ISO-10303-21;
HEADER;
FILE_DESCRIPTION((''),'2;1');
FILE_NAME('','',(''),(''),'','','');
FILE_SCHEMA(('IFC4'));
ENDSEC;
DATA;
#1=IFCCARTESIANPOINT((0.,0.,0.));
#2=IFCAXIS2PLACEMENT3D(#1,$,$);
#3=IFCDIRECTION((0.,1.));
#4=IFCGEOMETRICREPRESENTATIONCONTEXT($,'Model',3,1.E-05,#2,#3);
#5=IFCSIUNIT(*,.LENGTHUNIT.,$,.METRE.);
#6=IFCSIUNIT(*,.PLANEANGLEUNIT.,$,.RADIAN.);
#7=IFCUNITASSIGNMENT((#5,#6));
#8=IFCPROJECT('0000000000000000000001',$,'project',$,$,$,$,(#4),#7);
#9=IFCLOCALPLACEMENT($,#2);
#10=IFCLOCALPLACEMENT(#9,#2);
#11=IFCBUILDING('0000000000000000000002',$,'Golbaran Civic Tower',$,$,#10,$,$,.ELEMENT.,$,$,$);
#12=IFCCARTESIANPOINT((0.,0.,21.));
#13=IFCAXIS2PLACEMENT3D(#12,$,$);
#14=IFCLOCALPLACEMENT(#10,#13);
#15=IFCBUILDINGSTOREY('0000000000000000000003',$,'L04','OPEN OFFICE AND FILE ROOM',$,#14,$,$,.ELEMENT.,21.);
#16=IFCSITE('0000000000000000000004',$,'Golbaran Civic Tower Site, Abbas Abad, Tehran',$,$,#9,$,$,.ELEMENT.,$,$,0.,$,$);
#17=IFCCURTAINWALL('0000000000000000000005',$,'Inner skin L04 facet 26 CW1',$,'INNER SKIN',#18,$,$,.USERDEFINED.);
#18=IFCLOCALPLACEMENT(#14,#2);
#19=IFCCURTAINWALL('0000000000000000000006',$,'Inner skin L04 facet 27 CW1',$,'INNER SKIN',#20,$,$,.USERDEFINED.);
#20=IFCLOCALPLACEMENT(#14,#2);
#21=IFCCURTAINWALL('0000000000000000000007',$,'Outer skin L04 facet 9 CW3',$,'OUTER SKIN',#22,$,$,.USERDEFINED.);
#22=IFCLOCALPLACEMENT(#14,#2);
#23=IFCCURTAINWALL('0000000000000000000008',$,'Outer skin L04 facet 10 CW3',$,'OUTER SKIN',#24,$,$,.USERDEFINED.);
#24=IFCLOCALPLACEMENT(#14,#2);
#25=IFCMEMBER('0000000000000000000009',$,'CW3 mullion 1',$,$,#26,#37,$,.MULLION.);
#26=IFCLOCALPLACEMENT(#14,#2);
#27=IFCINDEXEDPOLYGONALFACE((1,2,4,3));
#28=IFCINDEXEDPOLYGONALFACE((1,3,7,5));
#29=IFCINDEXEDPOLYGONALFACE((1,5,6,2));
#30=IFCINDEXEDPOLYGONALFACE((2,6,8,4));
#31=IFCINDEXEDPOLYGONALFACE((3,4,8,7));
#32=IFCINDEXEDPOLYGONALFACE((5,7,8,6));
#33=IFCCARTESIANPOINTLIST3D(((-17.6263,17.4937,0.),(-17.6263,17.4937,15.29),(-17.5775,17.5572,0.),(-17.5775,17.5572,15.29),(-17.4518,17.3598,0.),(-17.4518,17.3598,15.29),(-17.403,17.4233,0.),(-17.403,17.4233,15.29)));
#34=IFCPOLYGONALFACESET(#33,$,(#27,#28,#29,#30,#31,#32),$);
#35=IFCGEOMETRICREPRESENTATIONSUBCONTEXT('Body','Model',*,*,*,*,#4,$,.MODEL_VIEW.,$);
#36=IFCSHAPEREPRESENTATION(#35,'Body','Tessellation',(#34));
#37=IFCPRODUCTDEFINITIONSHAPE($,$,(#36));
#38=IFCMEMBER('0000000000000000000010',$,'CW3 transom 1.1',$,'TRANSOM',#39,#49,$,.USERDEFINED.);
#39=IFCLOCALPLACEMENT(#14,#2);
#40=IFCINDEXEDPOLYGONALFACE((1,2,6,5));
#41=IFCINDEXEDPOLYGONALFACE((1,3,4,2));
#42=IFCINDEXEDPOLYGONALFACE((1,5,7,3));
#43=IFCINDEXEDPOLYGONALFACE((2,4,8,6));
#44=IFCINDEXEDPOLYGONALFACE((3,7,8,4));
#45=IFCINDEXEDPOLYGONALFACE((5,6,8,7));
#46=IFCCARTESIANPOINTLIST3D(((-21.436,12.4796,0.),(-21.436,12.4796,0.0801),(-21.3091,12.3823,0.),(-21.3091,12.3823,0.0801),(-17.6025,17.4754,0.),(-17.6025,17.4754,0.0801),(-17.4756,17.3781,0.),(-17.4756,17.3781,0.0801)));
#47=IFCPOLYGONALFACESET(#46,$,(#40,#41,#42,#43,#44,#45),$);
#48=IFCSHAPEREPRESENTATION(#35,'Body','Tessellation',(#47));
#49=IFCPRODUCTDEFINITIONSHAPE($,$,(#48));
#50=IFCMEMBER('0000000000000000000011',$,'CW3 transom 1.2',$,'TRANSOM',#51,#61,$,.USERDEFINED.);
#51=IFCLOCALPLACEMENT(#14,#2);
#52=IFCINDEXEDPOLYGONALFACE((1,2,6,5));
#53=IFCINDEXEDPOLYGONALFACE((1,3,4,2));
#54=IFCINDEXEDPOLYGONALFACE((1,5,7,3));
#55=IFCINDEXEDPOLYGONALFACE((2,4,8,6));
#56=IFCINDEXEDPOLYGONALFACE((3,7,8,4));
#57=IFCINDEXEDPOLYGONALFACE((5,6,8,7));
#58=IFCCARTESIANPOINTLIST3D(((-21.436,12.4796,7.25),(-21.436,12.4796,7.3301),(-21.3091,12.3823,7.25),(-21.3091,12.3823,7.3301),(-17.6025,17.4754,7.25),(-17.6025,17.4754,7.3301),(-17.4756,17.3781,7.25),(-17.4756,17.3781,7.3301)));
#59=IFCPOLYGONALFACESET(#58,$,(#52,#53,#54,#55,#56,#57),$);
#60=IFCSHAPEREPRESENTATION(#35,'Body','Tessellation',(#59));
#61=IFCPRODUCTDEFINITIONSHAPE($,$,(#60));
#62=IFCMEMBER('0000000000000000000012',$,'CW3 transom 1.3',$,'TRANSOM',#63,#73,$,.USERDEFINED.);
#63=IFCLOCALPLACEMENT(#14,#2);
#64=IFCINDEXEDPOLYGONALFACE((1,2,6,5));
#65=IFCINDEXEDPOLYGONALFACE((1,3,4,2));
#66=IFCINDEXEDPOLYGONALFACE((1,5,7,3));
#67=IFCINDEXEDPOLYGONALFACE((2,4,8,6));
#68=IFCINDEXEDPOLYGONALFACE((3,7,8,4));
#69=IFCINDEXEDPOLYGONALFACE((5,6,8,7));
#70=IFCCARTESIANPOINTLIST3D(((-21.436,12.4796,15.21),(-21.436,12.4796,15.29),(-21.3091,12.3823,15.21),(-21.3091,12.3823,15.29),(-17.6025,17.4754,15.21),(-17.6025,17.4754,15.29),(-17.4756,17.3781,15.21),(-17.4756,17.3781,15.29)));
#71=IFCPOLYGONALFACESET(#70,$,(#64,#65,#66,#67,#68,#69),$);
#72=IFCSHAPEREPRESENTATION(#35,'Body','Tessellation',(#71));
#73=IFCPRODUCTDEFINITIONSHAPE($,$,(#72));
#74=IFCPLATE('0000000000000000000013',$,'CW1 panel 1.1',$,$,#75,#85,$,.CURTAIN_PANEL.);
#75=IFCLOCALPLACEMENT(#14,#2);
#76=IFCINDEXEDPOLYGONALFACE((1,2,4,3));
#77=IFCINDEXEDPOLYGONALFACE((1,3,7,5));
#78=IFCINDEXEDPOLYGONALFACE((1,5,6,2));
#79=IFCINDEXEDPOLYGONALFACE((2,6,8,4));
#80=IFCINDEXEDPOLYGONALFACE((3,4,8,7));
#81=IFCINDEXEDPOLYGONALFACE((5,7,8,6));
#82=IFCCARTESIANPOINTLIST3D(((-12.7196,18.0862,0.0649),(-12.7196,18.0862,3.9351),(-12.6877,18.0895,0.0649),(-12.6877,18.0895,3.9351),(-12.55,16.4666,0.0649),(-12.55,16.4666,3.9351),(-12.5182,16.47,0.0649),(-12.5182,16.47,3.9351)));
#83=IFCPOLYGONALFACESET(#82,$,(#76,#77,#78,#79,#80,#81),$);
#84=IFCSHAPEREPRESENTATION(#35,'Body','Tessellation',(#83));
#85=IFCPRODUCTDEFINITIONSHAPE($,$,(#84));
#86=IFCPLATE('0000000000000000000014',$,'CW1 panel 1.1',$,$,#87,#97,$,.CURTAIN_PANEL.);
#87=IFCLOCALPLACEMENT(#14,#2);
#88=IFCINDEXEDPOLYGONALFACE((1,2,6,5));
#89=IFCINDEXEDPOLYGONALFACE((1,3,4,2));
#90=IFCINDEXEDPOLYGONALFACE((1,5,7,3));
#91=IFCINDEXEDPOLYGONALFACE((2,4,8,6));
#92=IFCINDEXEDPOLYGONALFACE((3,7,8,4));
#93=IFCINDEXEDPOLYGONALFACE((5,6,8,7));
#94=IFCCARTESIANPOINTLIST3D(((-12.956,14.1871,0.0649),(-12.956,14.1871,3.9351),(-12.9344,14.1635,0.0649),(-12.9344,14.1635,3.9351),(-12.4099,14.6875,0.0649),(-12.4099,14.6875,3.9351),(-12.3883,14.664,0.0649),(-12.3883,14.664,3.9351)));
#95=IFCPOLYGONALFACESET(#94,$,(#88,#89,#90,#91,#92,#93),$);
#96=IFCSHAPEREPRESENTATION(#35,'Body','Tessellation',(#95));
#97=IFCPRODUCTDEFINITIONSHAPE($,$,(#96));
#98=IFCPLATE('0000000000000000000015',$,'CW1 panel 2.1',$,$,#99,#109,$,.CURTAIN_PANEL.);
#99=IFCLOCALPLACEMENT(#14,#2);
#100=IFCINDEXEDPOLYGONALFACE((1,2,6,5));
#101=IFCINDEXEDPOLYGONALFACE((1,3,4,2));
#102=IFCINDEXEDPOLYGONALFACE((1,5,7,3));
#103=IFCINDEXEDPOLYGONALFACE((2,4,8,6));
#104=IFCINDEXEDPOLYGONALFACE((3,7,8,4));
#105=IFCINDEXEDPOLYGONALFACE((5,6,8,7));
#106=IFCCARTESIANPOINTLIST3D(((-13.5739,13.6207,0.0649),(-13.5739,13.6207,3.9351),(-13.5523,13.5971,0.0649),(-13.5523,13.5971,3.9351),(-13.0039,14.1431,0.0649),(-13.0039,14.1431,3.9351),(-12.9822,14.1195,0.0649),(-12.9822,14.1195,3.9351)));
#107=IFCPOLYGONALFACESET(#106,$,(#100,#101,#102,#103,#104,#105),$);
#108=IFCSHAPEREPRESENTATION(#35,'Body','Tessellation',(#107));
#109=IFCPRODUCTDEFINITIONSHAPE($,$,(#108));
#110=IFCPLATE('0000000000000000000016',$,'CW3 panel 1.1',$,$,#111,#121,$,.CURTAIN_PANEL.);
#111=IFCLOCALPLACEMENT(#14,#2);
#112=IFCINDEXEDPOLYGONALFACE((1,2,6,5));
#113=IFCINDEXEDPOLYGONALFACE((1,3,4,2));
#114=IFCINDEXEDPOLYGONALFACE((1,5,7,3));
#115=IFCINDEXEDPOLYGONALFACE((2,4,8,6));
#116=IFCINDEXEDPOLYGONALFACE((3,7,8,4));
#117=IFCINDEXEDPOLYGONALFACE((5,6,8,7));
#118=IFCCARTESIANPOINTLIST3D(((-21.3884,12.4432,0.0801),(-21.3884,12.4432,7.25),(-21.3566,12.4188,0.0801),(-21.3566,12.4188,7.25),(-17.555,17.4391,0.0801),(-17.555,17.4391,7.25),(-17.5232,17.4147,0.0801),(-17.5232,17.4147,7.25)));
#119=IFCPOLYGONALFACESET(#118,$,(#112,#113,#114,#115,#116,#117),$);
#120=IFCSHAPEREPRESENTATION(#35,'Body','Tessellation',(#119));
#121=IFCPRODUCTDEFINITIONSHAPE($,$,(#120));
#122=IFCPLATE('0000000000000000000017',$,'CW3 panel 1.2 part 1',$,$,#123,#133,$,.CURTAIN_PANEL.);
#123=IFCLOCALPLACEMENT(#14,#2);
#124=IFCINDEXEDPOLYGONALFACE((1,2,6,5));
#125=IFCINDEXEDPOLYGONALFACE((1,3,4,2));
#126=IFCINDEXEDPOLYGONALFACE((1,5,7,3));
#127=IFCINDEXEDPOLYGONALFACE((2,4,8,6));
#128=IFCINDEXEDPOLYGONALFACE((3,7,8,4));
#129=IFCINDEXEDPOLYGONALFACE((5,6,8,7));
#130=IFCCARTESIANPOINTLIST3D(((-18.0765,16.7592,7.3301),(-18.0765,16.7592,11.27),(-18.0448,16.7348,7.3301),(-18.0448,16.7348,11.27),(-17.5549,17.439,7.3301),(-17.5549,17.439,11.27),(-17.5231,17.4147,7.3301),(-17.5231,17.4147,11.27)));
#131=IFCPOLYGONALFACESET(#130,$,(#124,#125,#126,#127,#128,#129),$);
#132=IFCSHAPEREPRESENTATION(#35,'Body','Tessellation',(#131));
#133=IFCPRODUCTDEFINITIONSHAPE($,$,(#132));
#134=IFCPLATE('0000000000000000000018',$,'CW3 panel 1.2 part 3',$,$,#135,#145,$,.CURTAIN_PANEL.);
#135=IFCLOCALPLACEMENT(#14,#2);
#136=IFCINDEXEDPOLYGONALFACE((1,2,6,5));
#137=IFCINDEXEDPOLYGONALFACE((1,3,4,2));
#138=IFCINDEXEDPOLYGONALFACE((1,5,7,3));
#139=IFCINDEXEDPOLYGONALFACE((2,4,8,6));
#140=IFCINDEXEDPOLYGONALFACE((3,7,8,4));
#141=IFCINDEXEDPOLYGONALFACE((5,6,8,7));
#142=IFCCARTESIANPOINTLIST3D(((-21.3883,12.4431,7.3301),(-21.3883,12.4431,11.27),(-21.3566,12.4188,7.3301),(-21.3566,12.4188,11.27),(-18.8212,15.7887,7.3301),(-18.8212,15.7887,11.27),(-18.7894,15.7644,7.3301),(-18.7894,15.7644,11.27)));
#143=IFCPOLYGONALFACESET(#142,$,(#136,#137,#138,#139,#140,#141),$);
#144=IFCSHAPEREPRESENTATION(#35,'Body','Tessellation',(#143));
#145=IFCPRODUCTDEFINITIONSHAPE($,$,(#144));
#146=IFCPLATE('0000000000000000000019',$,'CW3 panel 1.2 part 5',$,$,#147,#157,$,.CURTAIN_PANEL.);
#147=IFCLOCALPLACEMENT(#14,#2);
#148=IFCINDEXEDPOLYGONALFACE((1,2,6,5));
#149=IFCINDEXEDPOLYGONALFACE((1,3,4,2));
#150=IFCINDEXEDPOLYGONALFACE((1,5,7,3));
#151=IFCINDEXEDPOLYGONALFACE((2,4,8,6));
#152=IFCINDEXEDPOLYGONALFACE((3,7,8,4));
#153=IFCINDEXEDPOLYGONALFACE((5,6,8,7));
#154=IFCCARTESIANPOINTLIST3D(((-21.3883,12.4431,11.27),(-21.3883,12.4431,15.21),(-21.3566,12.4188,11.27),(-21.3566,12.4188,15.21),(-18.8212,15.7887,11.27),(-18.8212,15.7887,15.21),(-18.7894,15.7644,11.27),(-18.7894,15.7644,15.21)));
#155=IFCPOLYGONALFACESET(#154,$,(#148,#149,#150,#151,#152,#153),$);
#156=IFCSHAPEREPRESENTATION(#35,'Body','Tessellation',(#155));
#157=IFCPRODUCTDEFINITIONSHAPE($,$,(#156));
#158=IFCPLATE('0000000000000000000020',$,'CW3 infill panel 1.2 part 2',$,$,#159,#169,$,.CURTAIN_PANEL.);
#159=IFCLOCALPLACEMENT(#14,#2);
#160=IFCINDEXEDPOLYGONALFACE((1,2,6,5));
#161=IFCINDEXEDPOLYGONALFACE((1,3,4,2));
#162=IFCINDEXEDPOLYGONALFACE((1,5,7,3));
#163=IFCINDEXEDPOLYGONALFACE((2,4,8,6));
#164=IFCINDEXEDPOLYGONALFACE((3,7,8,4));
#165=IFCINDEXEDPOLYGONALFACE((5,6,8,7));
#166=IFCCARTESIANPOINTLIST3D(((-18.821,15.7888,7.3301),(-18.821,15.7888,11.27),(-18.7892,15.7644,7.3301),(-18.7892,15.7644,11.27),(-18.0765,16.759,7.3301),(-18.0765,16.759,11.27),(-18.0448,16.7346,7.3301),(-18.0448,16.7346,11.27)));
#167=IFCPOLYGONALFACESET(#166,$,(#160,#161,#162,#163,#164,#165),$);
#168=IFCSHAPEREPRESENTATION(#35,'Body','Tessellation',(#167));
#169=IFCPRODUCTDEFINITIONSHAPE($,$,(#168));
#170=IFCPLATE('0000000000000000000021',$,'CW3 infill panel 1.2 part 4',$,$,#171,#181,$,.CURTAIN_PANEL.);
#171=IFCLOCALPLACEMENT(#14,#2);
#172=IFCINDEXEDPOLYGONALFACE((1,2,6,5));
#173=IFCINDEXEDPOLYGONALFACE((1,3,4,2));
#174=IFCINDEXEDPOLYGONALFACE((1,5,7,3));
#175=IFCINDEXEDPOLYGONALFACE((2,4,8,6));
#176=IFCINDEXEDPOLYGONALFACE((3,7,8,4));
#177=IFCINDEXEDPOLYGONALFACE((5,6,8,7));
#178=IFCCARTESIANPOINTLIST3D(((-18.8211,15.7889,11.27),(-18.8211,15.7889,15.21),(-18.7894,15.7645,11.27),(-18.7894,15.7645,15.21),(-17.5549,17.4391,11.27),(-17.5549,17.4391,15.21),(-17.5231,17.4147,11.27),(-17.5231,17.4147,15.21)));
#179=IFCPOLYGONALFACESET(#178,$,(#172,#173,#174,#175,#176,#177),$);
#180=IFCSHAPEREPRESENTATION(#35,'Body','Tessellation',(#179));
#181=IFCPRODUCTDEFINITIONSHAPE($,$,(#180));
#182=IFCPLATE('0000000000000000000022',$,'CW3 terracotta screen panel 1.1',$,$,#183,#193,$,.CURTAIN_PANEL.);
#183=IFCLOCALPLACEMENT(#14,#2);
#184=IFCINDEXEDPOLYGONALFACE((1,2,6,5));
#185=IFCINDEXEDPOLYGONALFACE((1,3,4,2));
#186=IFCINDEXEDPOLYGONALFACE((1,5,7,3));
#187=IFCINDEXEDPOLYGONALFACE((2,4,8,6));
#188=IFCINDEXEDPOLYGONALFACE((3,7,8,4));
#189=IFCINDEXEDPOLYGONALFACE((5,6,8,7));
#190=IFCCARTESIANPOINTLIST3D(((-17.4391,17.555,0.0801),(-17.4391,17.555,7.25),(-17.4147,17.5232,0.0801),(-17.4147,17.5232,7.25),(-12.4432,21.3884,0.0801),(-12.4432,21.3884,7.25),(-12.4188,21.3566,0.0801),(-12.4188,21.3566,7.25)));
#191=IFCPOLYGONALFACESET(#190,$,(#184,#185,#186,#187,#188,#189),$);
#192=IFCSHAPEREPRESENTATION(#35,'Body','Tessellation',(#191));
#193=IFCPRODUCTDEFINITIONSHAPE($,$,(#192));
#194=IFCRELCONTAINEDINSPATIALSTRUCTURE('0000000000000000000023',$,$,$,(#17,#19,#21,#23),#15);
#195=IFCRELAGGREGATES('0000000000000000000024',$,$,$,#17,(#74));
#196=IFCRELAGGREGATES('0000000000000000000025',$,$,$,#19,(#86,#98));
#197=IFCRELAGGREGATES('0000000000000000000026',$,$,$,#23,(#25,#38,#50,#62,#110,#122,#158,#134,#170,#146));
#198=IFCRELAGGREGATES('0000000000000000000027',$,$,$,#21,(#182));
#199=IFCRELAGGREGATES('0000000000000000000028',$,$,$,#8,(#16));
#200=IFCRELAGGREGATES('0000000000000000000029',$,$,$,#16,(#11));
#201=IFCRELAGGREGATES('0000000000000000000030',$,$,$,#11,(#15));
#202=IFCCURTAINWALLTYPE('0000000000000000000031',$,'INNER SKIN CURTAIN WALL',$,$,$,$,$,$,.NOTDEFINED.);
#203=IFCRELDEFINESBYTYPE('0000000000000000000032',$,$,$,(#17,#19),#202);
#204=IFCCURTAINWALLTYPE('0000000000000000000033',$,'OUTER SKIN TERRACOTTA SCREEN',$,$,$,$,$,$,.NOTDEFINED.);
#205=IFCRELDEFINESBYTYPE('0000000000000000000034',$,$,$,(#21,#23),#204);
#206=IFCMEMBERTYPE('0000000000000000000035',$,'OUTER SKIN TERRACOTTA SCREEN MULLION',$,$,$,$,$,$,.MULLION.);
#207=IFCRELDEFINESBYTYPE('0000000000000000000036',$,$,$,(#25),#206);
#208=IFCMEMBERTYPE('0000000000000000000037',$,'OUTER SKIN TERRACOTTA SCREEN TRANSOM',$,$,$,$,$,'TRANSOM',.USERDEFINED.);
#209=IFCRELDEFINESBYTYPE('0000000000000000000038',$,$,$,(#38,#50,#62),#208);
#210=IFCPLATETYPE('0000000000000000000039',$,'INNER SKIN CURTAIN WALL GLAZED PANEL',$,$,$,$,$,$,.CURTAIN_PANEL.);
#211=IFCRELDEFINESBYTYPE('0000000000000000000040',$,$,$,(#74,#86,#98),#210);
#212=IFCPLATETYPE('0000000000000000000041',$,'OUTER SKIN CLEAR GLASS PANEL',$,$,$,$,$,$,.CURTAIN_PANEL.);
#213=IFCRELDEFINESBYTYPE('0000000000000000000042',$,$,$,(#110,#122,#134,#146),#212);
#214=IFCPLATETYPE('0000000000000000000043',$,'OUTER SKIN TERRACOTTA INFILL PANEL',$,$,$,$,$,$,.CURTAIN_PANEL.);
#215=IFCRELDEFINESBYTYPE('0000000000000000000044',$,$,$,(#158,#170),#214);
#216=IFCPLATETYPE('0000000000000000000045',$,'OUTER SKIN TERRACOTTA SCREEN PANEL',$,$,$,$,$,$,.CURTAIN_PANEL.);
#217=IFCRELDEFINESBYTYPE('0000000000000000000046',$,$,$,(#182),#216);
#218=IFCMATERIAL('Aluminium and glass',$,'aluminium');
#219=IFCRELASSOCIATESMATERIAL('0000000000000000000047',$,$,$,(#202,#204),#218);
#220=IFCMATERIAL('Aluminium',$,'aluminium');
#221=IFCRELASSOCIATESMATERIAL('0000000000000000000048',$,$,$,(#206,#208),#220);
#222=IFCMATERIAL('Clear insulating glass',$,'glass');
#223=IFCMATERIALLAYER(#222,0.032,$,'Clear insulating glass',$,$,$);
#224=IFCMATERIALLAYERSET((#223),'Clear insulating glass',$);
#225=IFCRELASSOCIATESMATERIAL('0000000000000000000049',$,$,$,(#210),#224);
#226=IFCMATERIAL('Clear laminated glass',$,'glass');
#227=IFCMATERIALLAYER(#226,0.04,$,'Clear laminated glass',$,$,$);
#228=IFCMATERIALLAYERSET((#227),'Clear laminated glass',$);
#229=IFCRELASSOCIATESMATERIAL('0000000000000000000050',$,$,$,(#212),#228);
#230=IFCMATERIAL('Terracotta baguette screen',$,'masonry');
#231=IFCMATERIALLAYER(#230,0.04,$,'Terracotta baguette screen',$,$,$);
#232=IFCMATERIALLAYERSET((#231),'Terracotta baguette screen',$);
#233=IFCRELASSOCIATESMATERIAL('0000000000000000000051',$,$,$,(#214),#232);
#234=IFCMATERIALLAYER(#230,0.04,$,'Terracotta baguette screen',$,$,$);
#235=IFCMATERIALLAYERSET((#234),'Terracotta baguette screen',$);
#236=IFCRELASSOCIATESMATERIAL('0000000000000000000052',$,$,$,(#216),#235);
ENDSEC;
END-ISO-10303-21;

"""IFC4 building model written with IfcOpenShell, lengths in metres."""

from ifc_helpers import new_model, si_unit, direction, frame, origin, origin_2d, place, context, subcontext, project, spatial, rectangle, extrude, material, layer, layer_set, material_profile, profile_set, type_object, element, aggregate, save


model = new_model("IFC4")

# Units and contexts
model_context = context("Model", 3, precision=1e-05, world=origin(), true_north=direction((0.0, 1.0)))
body_context = subcontext(model_context, "Body", "Model", "MODEL_VIEW")
ifc_project = project(units=[si_unit("LENGTHUNIT", "METRE"), si_unit("PLANEANGLEUNIT", "RADIAN")], contexts=[model_context])

# Site, building, storey
site_placement = place(None, origin())
site = spatial("IfcSite", under=ifc_project, at=site_placement, Name="Golbaran Civic Tower Site, Abbas Abad, Tehran", CompositionType="ELEMENT", RefElevation=0.0)
building_placement = place(site_placement, origin())
building = spatial("IfcBuilding", under=site, at=building_placement, Name="Golbaran Civic Tower", CompositionType="ELEMENT")
storey_placement = place(building_placement, frame((0.0, 0.0, 21.0)))
storey = spatial("IfcBuildingStorey", under=building, at=storey_placement, Name="L04", Description="OPEN OFFICE AND FILE ROOM", CompositionType="ELEMENT", Elevation=21.0)

# Shared definitions
ifc_material_1 = material(Name="Aluminium and glass", Category="aluminium")
curtain_wall_type_1 = type_object("IfcCurtainWallType", Name="INNER SKIN CURTAIN WALL", PredefinedType="NOTDEFINED", material=ifc_material_1)
ifc_material_2 = material(Name="Aluminium", Category="aluminium")

# Curtain walls
curtain_wall_1_placement = place(storey_placement, origin())
curtain_wall_1 = element("IfcCurtainWall", 1, at=curtain_wall_1_placement, inside=storey, type_object=curtain_wall_type_1, Name="Inner skin L04 facet 26 CW1", ObjectType="INNER SKIN", PredefinedType="USERDEFINED")
curtain_wall_2_placement = place(storey_placement, origin())
curtain_wall_2 = element("IfcCurtainWall", 2, at=curtain_wall_2_placement, inside=storey, type_object=curtain_wall_type_1, Name="Inner skin L04 facet 27 CW1", ObjectType="INNER SKIN", PredefinedType="USERDEFINED")

# Curtain wall
curtain_wall_type_2 = type_object("IfcCurtainWallType", Name="OUTER SKIN TERRACOTTA SCREEN", PredefinedType="NOTDEFINED", material=ifc_material_1)
curtain_wall_3_placement = place(storey_placement, origin())
curtain_wall_3 = element("IfcCurtainWall", 3, at=curtain_wall_3_placement, inside=storey, type_object=curtain_wall_type_2, Name="Outer skin L04 facet 9 CW3", ObjectType="OUTER SKIN", PredefinedType="USERDEFINED")
ifc_material_profile_1 = material_profile(ifc_material_2, rectangle(XDim=0.22, YDim=0.0801, at=origin_2d()), Name="OUTER SKIN TERRACOTTA SCREEN MULLION")
ifc_profile_set_1 = profile_set([ifc_material_profile_1], Name="Aluminium")
member_type_1 = type_object("IfcMemberType", Name="OUTER SKIN TERRACOTTA SCREEN MULLION", PredefinedType="MULLION", material=ifc_profile_set_1)

# Curtain wall, members
curtain_wall_4_placement = place(storey_placement, origin())
curtain_wall_4 = element("IfcCurtainWall", 4, at=curtain_wall_4_placement, inside=storey, type_object=curtain_wall_type_2, Name="Outer skin L04 facet 10 CW3", ObjectType="OUTER SKIN", PredefinedType="USERDEFINED")
member_1_placement = place(storey_placement, frame((-17.5146, 17.4585, 0.0), z_axis=(0.0, 0.0, 1.0), x_axis=(0.793353, -0.608761, 0.0)))
member_1 = element("IfcMember", 5, at=member_1_placement, type_object=member_type_1, Name="CW3 mullion 1", PredefinedType="MULLION", context=body_context, shape_type="SweptSolid", body=[
    extrude(rectangle(XDim=0.22, YDim=0.0801, at=origin_2d()), origin(), (0.0, 0.0, 1.0), 15.29),
])
ifc_material_profile_2 = material_profile(ifc_material_2, rectangle(XDim=0.1599, YDim=0.0801, at=origin_2d()), Name="OUTER SKIN TERRACOTTA SCREEN TRANSOM")
ifc_profile_set_2 = profile_set([ifc_material_profile_2], Name="Aluminium")
member_type_2 = type_object("IfcMemberType", Name="OUTER SKIN TERRACOTTA SCREEN TRANSOM", ElementType="TRANSOM", PredefinedType="USERDEFINED", material=ifc_profile_set_2)
member_2_placement = place(storey_placement, frame((-17.5391, 17.4268, 0.04), z_axis=(-0.608766, -0.79335, 0.0), x_axis=(0.79335, -0.608766, 0.0)))
member_2 = element("IfcMember", 6, at=member_2_placement, type_object=member_type_2, Name="CW3 transom 1.1", ObjectType="TRANSOM", PredefinedType="USERDEFINED", context=body_context, shape_type="SweptSolid", body=[
    extrude(rectangle(XDim=0.1599, YDim=0.0801, at=origin_2d()), origin(), (0.0, 0.0, 1.0), 6.2971),
])
member_3_placement = place(storey_placement, frame((-17.5391, 17.4268, 7.29), z_axis=(-0.608766, -0.79335, 0.0), x_axis=(0.79335, -0.608766, 0.0)))
member_3 = element("IfcMember", 7, at=member_3_placement, type_object=member_type_2, Name="CW3 transom 1.2", ObjectType="TRANSOM", PredefinedType="USERDEFINED", context=body_context, shape_type="SweptSolid", body=[
    extrude(rectangle(XDim=0.1599, YDim=0.0801, at=origin_2d()), origin(), (0.0, 0.0, 1.0), 6.2971),
])
member_4_placement = place(storey_placement, frame((-17.5391, 17.4268, 15.25), z_axis=(-0.608766, -0.79335, 0.0), x_axis=(0.79335, -0.608766, 0.0)))
member_4 = element("IfcMember", 8, at=member_4_placement, type_object=member_type_2, Name="CW3 transom 1.3", ObjectType="TRANSOM", PredefinedType="USERDEFINED", context=body_context, shape_type="SweptSolid", body=[
    extrude(rectangle(XDim=0.1599, YDim=0.0801, at=origin_2d()), origin(), (0.0, 0.0, 1.0), 6.2971),
])

# Plates
ifc_material_3 = material(Name="Clear insulating glass", Category="glass")
ifc_layer_1 = layer(ifc_material_3, 0.032, Name="Clear insulating glass")
ifc_layer_set_1 = layer_set([ifc_layer_1], Name="Clear insulating glass")
plate_type_1 = type_object("IfcPlateType", Name="INNER SKIN CURTAIN WALL GLAZED PANEL", PredefinedType="CURTAIN_PANEL", material=ifc_layer_set_1)
plate_1_placement = place(storey_placement, frame((-12.6189, 17.2781, 0.0649), z_axis=(0.0, 0.0, 1.0), x_axis=(0.104093, -0.994568, 0.0)))
plate_1 = element("IfcPlate", 9, at=plate_1_placement, type_object=plate_type_1, Name="CW1 panel 1.1", PredefinedType="CURTAIN_PANEL", context=body_context, shape_type="SweptSolid", body=[
    extrude(rectangle(XDim=1.6284, YDim=0.032, at=origin_2d()), origin(), (0.0, 0.0, 1.0), 3.8701),
])
aggregate(curtain_wall_1, [plate_1])
plate_2_placement = place(storey_placement, frame((-12.6721, 14.4255, 0.0649), z_axis=(0.0, 0.0, 1.0), x_axis=(-0.737277, -0.67559, 0.0)))
plate_2 = element("IfcPlate", 10, at=plate_2_placement, type_object=plate_type_1, Name="CW1 panel 1.1", PredefinedType="CURTAIN_PANEL", context=body_context, shape_type="SweptSolid", body=[
    extrude(rectangle(XDim=0.7407, YDim=0.032, at=origin_2d()), origin(), (0.0, 0.0, 1.0), 3.8701),
])
plate_3_placement = place(storey_placement, frame((-13.2781, 13.8701, 0.0649), z_axis=(0.0, 0.0, 1.0), x_axis=(-0.737277, -0.67559, 0.0)))
plate_3 = element("IfcPlate", 11, at=plate_3_placement, type_object=plate_type_1, Name="CW1 panel 2.1", PredefinedType="CURTAIN_PANEL", context=body_context, shape_type="SweptSolid", body=[
    extrude(rectangle(XDim=0.7732, YDim=0.032, at=origin_2d()), origin(), (0.0, 0.0, 1.0), 3.8701),
])
aggregate(curtain_wall_2, [plate_2, plate_3])
ifc_material_4 = material(Name="Clear laminated glass", Category="glass")
ifc_layer_2 = layer(ifc_material_4, 0.04, Name="Clear laminated glass")
ifc_layer_set_2 = layer_set([ifc_layer_2], Name="Clear laminated glass")
plate_type_2 = type_object("IfcPlateType", Name="OUTER SKIN CLEAR GLASS PANEL", PredefinedType="CURTAIN_PANEL", material=ifc_layer_set_2)
plate_4_placement = place(storey_placement, frame((-19.4558, 14.929, 0.0801), z_axis=(0.0, 0.0, 1.0), x_axis=(-0.608761, -0.793353, 0.0)))
plate_4 = element("IfcPlate", 12, at=plate_4_placement, type_object=plate_type_2, Name="CW3 panel 1.1", PredefinedType="CURTAIN_PANEL", context=body_context, shape_type="SweptSolid", body=[
    extrude(rectangle(XDim=6.2971, YDim=0.04, at=origin_2d()), origin(), (0.0, 0.0, 1.0), 7.1699),
])
plate_5_placement = place(storey_placement, frame((-17.7998, 17.0869, 7.3301), z_axis=(0.0, 0.0, 1.0), x_axis=(-0.608761, -0.793353, 0.0)))
plate_5 = element("IfcPlate", 13, at=plate_5_placement, type_object=plate_type_2, Name="CW3 panel 1.2 part 1", PredefinedType="CURTAIN_PANEL", context=body_context, shape_type="SweptSolid", body=[
    extrude(rectangle(XDim=0.8569, YDim=0.04, at=origin_2d()), origin(), (0.0, 0.0, 1.0), 3.9399),
])
plate_6_placement = place(storey_placement, frame((-20.0889, 14.1038, 7.3301), z_axis=(0.0, 0.0, 1.0), x_axis=(-0.608761, -0.793353, 0.0)))
plate_6 = element("IfcPlate", 14, at=plate_6_placement, type_object=plate_type_2, Name="CW3 panel 1.2 part 3", PredefinedType="CURTAIN_PANEL", context=body_context, shape_type="SweptSolid", body=[
    extrude(rectangle(XDim=4.217, YDim=0.04, at=origin_2d()), origin(), (0.0, 0.0, 1.0), 3.9399),
])
plate_7_placement = place(storey_placement, frame((-20.0889, 14.1038, 11.27), z_axis=(0.0, 0.0, 1.0), x_axis=(-0.608761, -0.793353, 0.0)))
plate_7 = element("IfcPlate", 15, at=plate_7_placement, type_object=plate_type_2, Name="CW3 panel 1.2 part 5", PredefinedType="CURTAIN_PANEL", context=body_context, shape_type="SweptSolid", body=[
    extrude(rectangle(XDim=4.217, YDim=0.04, at=origin_2d()), origin(), (0.0, 0.0, 1.0), 3.9399),
])
ifc_material_5 = material(Name="Terracotta baguette screen", Category="masonry")
ifc_layer_3 = layer(ifc_material_5, 0.04, Name="Terracotta baguette screen")
ifc_layer_set_3 = layer_set([ifc_layer_3], Name="Terracotta baguette screen")
plate_type_3 = type_object("IfcPlateType", Name="OUTER SKIN TERRACOTTA INFILL PANEL", PredefinedType="CURTAIN_PANEL", material=ifc_layer_set_3)
plate_8_placement = place(storey_placement, frame((-18.4329, 16.2617, 7.3301), z_axis=(0.0, 0.0, 1.0), x_axis=(-0.608761, -0.793353, 0.0)))
plate_8 = element("IfcPlate", 16, at=plate_8_placement, type_object=plate_type_3, Name="CW3 infill panel 1.2 part 2", PredefinedType="CURTAIN_PANEL", context=body_context, shape_type="SweptSolid", body=[
    extrude(rectangle(XDim=1.2229, YDim=0.04, at=origin_2d()), origin(), (0.0, 0.0, 1.0), 3.9399),
])
plate_9_placement = place(storey_placement, frame((-18.1721, 16.6018, 11.27), z_axis=(0.0, 0.0, 1.0), x_axis=(-0.608761, -0.793353, 0.0)))
plate_9 = element("IfcPlate", 17, at=plate_9_placement, type_object=plate_type_3, Name="CW3 infill panel 1.2 part 4", PredefinedType="CURTAIN_PANEL", context=body_context, shape_type="SweptSolid", body=[
    extrude(rectangle(XDim=2.0801, YDim=0.04, at=origin_2d()), origin(), (0.0, 0.0, 1.0), 3.9399),
])
aggregate(curtain_wall_4, [member_1, member_2, member_3, member_4, plate_4, plate_5, plate_8, plate_6, plate_9, plate_7])
ifc_layer_4 = layer(ifc_material_5, 0.04, Name="Terracotta baguette screen")
ifc_layer_set_4 = layer_set([ifc_layer_4], Name="Terracotta baguette screen")
plate_type_4 = type_object("IfcPlateType", Name="OUTER SKIN TERRACOTTA SCREEN PANEL", PredefinedType="CURTAIN_PANEL", material=ifc_layer_set_4)
plate_10_placement = place(storey_placement, frame((-14.929, 19.4558, 0.0801), z_axis=(0.0, 0.0, 1.0), x_axis=(-0.793353, -0.608761, 0.0)))
plate_10 = element("IfcPlate", 18, at=plate_10_placement, type_object=plate_type_4, Name="CW3 terracotta screen panel 1.1", PredefinedType="CURTAIN_PANEL", context=body_context, shape_type="SweptSolid", body=[
    extrude(rectangle(XDim=6.2971, YDim=0.04, at=origin_2d()), origin(), (0.0, 0.0, 1.0), 7.1699),
])
aggregate(curtain_wall_3, [plate_10])

save(model, "model.ifc")
